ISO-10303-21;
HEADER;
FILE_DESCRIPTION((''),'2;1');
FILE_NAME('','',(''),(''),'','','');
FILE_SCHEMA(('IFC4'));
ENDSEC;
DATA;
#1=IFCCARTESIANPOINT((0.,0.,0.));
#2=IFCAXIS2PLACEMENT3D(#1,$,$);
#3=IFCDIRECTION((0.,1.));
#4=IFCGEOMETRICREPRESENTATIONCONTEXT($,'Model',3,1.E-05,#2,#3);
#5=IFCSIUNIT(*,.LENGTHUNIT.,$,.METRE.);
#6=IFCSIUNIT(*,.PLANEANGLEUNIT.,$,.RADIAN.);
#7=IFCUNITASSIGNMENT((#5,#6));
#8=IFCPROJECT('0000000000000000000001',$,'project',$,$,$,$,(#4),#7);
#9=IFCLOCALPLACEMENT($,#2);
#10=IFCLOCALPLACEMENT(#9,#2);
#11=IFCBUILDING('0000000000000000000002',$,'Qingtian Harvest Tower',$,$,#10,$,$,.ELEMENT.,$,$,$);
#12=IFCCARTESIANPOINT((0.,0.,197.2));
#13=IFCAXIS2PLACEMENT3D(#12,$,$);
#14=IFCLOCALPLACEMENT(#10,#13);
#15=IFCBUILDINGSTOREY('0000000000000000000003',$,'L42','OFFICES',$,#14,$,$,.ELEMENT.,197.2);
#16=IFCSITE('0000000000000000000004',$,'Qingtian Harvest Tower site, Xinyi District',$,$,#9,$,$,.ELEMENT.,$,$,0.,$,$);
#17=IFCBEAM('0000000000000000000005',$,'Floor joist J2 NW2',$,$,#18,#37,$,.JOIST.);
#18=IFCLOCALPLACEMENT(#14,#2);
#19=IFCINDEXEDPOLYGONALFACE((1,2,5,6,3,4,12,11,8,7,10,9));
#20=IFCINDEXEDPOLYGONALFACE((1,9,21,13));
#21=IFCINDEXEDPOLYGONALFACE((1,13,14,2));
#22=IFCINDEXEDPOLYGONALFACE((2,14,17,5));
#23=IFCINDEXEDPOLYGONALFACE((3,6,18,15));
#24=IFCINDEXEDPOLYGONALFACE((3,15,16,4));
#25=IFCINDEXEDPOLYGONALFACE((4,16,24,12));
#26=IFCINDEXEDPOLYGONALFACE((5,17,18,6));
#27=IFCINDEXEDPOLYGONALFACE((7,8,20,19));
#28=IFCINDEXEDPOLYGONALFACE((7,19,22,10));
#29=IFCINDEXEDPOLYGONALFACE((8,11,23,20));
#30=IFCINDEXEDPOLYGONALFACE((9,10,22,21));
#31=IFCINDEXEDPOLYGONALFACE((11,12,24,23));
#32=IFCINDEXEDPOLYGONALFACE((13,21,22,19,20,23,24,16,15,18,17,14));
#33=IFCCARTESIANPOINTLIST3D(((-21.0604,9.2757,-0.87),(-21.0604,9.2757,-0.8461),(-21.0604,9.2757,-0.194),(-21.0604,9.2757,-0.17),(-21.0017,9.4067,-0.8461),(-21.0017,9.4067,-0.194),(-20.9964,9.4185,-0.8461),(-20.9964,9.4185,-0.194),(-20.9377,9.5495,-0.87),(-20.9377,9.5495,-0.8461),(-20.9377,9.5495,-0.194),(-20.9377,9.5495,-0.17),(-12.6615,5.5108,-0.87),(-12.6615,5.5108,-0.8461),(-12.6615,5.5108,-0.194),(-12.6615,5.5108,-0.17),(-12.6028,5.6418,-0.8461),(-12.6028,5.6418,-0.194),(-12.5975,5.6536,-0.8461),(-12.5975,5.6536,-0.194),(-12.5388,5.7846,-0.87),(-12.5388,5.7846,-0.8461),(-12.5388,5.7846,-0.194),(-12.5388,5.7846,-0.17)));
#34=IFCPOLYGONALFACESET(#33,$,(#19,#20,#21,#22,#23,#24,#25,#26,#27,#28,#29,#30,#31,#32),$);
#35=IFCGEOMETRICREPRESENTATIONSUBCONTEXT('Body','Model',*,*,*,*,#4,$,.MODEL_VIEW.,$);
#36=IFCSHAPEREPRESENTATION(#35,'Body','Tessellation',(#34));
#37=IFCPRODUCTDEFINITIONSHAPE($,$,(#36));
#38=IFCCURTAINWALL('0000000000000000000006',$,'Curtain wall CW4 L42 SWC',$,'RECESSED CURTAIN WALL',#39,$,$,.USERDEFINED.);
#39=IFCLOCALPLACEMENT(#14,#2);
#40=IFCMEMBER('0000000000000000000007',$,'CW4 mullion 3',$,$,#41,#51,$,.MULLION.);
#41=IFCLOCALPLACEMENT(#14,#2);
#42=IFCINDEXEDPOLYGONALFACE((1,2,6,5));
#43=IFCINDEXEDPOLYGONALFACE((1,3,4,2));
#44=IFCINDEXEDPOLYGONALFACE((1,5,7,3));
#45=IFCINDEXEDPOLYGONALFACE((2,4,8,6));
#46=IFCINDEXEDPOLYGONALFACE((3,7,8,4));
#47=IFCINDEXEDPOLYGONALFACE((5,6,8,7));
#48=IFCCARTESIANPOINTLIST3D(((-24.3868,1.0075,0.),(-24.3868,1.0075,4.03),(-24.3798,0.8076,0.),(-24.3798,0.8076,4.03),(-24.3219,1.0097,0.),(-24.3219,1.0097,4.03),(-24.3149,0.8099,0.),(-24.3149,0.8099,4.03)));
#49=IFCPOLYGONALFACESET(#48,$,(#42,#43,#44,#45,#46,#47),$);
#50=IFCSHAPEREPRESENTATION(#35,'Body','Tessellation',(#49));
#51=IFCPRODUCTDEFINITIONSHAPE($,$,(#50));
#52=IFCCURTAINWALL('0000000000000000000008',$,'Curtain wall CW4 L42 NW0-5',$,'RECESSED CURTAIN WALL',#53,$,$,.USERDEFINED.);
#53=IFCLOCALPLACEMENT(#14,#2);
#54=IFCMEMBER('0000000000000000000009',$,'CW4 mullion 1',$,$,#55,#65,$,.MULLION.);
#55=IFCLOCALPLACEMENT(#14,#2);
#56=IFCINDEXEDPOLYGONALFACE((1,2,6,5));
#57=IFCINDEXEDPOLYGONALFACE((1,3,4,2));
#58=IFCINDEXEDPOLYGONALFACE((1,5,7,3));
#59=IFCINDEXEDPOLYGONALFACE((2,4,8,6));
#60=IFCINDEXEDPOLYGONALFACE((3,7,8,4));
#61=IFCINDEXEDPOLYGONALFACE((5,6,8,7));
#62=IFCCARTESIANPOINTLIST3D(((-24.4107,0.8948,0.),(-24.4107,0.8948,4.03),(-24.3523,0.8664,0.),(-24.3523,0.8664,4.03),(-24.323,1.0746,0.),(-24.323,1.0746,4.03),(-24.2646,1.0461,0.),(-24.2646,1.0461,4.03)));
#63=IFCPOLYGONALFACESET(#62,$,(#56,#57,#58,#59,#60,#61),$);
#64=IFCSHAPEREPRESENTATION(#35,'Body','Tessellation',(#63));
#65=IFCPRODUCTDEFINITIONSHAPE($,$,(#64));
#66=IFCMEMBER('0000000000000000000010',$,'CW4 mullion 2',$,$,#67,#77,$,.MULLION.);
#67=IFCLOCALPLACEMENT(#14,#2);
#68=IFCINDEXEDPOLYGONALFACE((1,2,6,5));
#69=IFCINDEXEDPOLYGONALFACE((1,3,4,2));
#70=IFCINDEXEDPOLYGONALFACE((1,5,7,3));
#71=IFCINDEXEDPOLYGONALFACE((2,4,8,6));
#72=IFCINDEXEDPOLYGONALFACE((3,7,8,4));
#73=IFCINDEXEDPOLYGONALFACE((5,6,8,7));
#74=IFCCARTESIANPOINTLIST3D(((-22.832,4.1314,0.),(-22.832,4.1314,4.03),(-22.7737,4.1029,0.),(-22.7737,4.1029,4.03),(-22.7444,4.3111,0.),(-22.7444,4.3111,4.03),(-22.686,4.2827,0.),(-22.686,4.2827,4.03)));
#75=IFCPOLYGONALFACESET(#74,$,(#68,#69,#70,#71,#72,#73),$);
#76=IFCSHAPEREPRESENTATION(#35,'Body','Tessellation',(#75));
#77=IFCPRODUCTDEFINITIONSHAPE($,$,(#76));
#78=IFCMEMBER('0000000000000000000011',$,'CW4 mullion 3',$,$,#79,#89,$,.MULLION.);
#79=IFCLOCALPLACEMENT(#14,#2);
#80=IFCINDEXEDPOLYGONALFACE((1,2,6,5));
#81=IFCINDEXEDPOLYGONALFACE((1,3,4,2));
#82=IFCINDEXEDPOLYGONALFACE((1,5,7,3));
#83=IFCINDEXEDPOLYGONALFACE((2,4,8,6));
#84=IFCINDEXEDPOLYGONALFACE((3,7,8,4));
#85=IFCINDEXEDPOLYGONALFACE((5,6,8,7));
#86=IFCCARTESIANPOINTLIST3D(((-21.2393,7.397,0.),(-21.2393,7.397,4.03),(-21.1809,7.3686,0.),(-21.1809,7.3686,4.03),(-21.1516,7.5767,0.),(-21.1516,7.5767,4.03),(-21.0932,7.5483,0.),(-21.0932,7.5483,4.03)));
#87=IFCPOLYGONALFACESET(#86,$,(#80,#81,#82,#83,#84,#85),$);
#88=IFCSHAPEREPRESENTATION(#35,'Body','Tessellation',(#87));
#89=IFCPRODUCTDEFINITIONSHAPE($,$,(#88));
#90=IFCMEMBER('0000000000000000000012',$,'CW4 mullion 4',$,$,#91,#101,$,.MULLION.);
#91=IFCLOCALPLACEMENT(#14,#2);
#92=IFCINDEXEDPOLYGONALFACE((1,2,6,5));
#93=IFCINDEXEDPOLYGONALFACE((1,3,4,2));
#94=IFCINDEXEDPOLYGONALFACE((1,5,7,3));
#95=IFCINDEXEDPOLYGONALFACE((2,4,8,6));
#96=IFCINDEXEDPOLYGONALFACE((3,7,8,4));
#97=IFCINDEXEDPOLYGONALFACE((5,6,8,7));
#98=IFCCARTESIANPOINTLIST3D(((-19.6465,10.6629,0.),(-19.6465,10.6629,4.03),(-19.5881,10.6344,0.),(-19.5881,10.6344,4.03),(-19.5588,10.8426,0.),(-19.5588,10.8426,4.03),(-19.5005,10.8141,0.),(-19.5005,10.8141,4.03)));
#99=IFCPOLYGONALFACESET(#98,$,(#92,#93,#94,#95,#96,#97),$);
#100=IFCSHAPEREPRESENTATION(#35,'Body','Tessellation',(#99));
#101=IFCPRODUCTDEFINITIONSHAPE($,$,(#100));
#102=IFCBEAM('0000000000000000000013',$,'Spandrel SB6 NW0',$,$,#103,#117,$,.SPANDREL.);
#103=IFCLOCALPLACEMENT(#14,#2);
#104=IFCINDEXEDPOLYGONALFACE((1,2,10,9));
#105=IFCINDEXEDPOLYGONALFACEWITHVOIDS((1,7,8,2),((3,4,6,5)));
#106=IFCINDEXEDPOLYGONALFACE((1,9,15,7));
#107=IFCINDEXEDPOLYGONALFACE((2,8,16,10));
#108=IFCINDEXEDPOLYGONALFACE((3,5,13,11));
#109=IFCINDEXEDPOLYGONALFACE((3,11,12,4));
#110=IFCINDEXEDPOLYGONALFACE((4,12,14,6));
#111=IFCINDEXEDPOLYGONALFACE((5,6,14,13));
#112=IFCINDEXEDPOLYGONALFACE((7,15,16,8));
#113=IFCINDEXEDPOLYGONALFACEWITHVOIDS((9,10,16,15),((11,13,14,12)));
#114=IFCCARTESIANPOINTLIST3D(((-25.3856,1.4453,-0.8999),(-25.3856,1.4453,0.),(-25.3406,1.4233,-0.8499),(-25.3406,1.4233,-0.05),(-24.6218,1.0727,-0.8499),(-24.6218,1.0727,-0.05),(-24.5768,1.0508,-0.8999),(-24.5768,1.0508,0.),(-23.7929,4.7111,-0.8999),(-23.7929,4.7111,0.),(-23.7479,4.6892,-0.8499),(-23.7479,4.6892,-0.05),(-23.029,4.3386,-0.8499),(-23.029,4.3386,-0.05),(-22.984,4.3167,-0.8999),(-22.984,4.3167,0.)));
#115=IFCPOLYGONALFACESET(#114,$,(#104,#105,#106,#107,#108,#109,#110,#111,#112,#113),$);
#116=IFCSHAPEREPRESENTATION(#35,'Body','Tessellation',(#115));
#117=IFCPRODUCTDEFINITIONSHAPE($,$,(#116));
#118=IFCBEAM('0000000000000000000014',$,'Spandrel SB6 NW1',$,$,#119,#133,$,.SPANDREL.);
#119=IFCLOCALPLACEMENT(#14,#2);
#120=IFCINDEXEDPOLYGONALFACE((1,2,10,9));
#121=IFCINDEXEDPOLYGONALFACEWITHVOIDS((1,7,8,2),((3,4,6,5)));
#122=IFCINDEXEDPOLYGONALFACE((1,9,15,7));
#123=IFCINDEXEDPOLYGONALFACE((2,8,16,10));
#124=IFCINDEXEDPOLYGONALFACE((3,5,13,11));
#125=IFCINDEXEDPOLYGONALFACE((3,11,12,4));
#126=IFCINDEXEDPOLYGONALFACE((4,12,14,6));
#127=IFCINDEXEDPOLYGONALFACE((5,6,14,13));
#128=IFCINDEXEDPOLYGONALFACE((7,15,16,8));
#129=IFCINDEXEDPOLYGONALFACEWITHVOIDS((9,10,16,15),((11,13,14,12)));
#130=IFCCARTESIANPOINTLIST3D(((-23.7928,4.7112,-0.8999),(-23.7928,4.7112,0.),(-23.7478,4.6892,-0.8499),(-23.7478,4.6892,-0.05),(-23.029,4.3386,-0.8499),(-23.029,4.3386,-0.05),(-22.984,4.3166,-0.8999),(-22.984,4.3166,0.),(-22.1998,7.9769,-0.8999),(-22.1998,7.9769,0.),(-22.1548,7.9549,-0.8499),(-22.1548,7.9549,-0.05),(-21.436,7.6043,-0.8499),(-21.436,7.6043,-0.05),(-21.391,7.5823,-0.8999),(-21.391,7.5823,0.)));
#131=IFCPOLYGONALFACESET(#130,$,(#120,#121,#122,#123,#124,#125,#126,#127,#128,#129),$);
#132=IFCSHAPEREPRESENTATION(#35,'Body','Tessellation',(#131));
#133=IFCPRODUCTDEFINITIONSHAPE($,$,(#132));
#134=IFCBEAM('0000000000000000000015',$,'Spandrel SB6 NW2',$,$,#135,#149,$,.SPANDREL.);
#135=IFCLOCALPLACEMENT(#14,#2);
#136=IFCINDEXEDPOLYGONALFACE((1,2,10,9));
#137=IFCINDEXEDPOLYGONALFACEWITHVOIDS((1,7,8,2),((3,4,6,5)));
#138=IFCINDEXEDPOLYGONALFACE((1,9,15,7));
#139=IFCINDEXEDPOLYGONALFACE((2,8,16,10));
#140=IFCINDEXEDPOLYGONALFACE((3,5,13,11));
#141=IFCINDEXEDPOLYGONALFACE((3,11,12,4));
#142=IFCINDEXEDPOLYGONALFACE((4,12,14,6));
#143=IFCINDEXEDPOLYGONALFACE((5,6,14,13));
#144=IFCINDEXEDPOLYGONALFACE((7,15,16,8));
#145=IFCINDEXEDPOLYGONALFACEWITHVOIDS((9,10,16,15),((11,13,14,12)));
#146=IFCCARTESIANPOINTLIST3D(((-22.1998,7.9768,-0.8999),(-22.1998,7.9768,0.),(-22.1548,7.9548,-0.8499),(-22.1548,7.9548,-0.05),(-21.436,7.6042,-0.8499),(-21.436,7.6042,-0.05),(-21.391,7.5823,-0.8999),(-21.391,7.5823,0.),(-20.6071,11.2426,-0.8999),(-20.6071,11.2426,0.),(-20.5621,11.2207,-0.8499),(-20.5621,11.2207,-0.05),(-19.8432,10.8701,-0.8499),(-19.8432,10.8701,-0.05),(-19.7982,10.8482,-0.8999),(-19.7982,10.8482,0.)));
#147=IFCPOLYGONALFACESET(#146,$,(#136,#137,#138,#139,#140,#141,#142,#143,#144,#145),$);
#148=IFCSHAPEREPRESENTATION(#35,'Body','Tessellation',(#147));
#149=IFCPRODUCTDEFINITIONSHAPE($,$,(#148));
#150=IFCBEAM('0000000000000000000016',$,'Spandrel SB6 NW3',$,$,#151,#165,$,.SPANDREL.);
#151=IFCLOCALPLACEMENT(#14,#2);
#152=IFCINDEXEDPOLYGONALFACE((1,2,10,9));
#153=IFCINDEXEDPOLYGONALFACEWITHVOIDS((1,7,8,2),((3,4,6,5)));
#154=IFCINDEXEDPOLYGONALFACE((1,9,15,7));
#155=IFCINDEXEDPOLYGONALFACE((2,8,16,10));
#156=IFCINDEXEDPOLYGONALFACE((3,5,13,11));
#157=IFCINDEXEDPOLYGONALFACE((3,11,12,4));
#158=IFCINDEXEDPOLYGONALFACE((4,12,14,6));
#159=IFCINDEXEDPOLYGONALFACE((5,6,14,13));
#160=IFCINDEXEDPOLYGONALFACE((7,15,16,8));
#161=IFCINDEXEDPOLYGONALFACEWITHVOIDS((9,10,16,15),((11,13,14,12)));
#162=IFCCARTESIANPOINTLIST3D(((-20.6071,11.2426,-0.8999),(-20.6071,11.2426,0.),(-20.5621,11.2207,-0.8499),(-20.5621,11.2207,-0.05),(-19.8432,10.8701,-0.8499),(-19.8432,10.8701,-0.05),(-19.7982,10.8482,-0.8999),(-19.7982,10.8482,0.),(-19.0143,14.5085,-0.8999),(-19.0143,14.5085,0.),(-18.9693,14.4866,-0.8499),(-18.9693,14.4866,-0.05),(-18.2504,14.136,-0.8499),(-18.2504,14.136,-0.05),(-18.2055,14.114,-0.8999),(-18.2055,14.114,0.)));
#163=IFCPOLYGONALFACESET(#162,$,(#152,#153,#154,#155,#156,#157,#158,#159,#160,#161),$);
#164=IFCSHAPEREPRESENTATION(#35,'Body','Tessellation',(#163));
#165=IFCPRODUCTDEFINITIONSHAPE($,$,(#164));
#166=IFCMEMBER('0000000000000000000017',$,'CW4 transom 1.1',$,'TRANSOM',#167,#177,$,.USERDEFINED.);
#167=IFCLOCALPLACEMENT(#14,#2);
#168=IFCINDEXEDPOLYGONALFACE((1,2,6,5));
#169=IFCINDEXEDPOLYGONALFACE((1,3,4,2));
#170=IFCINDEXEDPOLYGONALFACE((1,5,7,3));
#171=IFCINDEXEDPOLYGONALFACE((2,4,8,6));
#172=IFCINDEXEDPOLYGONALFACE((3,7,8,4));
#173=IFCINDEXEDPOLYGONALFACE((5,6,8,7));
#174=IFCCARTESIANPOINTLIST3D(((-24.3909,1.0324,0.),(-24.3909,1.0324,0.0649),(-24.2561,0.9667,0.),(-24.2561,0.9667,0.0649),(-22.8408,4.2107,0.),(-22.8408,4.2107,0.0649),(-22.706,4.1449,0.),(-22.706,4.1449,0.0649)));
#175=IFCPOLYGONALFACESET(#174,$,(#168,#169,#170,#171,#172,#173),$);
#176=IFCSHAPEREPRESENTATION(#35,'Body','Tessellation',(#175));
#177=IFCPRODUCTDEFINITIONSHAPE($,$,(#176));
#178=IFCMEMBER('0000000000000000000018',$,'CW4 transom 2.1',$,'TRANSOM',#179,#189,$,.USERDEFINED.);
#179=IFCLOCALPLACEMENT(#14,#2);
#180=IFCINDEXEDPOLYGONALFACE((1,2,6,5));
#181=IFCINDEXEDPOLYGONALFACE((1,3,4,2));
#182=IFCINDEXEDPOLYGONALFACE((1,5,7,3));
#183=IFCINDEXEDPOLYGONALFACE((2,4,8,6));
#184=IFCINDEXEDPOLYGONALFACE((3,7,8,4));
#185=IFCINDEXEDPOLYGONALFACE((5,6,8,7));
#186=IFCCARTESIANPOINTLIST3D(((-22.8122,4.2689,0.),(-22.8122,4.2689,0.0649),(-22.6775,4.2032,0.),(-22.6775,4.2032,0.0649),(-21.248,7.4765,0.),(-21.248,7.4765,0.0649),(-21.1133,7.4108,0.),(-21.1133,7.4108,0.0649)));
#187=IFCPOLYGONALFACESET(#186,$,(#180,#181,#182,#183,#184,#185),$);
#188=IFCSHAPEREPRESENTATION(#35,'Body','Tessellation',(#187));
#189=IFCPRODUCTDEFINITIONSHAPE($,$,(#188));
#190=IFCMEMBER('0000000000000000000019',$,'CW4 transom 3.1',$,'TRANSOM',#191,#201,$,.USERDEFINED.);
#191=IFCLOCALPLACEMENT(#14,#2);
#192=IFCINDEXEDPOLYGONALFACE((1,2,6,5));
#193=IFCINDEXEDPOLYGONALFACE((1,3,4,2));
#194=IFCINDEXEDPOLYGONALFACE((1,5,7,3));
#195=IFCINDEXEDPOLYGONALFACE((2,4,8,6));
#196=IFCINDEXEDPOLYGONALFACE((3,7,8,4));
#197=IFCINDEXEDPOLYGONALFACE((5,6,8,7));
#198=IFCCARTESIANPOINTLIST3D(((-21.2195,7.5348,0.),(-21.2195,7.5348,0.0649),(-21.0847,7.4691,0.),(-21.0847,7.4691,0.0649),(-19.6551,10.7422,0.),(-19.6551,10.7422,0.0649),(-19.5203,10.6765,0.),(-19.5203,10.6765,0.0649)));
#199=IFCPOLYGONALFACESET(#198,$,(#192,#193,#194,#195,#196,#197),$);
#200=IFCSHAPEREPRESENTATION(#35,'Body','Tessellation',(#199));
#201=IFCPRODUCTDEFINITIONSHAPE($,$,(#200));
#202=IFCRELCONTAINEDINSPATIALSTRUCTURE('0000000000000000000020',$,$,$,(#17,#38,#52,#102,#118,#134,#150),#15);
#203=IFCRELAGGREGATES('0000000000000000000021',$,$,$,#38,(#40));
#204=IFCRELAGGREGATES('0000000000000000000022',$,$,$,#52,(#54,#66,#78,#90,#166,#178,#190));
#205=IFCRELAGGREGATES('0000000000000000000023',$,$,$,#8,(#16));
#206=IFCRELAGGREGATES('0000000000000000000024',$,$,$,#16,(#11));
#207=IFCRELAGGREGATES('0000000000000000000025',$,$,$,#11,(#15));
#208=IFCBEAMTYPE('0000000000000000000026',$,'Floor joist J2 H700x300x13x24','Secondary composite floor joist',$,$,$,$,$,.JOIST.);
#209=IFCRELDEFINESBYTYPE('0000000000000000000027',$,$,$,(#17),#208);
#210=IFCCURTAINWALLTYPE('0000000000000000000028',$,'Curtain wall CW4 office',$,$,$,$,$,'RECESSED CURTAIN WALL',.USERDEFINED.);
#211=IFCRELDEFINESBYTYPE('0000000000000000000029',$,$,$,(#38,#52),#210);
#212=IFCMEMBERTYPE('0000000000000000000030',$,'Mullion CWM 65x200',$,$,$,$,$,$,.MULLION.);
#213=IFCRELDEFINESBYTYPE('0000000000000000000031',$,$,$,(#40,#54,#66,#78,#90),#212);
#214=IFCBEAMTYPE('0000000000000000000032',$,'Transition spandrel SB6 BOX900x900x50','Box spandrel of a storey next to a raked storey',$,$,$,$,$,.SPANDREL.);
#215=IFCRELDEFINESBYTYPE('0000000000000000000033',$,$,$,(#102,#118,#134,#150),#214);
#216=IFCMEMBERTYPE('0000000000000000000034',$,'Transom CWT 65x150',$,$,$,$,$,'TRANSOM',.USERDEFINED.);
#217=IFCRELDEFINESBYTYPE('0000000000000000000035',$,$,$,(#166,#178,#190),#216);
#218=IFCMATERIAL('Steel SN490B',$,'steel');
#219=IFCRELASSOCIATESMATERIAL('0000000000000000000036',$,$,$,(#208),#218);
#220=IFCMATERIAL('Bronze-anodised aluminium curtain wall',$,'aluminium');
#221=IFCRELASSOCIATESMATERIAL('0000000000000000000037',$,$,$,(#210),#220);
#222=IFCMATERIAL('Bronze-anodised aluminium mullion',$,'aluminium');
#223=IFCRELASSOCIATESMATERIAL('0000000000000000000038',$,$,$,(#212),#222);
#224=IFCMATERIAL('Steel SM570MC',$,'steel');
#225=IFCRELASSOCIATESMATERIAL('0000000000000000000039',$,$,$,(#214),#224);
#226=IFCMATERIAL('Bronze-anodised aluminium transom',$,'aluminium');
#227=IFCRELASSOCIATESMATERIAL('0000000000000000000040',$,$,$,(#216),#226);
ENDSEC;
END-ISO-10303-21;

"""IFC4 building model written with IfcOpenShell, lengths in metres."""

from ifc_helpers import new_model, si_unit, direction, frame, origin, origin_2d, place, context, subcontext, project, spatial, rectangle, hollow_rectangle, i_section, extrude, material, material_profile, profile_set, type_object, element, aggregate, save


model = new_model("IFC4")

# Units and contexts
model_context = context("Model", 3, precision=1e-05, world=origin(), true_north=direction((0.0, 1.0)))
body_context = subcontext(model_context, "Body", "Model", "MODEL_VIEW")
ifc_project = project(units=[si_unit("LENGTHUNIT", "METRE"), si_unit("PLANEANGLEUNIT", "RADIAN")], contexts=[model_context])

# Site, building, storey
site_placement = place(None, origin())
site = spatial("IfcSite", under=ifc_project, at=site_placement, Name="Qingtian Harvest Tower site, Xinyi District", CompositionType="ELEMENT", RefElevation=0.0)
building_placement = place(site_placement, origin())
building = spatial("IfcBuilding", under=site, at=building_placement, Name="Qingtian Harvest Tower", CompositionType="ELEMENT")
storey_placement = place(building_placement, frame((0.0, 0.0, 197.2)))
storey = spatial("IfcBuildingStorey", under=building, at=storey_placement, Name="L42", Description="OFFICES", CompositionType="ELEMENT", Elevation=197.2)

# Beam
ifc_material_1 = material(Name="Steel SN490B", Category="steel")
ifc_material_profile_1 = material_profile(ifc_material_1, i_section(OverallWidth=0.3, OverallDepth=0.7, WebThickness=0.0129, FlangeThickness=0.0239, at=origin_2d()), Name="H700x300x13x24")
ifc_profile_set_1 = profile_set([ifc_material_profile_1], Name="Steel SN490B")
beam_type_1 = type_object("IfcBeamType", Name="Floor joist J2 H700x300x13x24", Description="Secondary composite floor joist", PredefinedType="JOIST", material=ifc_profile_set_1)
beam_1_placement = place(storey_placement, frame((-20.999, 9.4126, -0.52), z_axis=(0.912515, -0.409043, 0.0), x_axis=(0.409043, 0.912515, 0.0)))
element("IfcBeam", 1, at=beam_1_placement, inside=storey, type_object=beam_type_1, Name="Floor joist J2 NW2", PredefinedType="JOIST", context=body_context, shape_type="SweptSolid", body=[
    extrude(i_section(OverallWidth=0.3, OverallDepth=0.7, WebThickness=0.0129, FlangeThickness=0.0239, at=origin_2d()), origin(), (0.0, 0.0, 1.0), 9.2041),
])

# Curtain wall, member
ifc_material_2 = material(Name="Bronze-anodised aluminium curtain wall", Category="aluminium")
curtain_wall_type = type_object("IfcCurtainWallType", Name="Curtain wall CW4 office", ElementType="RECESSED CURTAIN WALL", PredefinedType="USERDEFINED", material=ifc_material_2)
curtain_wall_1_placement = place(storey_placement, origin())
curtain_wall_1 = element("IfcCurtainWall", 2, at=curtain_wall_1_placement, inside=storey, type_object=curtain_wall_type, Name="Curtain wall CW4 L42 SWC", ObjectType="RECESSED CURTAIN WALL", PredefinedType="USERDEFINED")
ifc_material_3 = material(Name="Bronze-anodised aluminium mullion", Category="aluminium")
ifc_material_profile_2 = material_profile(ifc_material_3, rectangle(XDim=0.0649, YDim=0.2, at=origin_2d()), Name="AL 65x200")
ifc_profile_set_2 = profile_set([ifc_material_profile_2], Name="Bronze-anodised aluminium mullion")
member_type_1 = type_object("IfcMemberType", Name="Mullion CWM 65x200", PredefinedType="MULLION", material=ifc_profile_set_2)
member_1_placement = place(storey_placement, frame((-24.3508, 0.9087, 0.0), z_axis=(0.0, 0.0, 1.0), x_axis=(-0.999391, -0.034899, 0.0)))
member_1 = element("IfcMember", 3, at=member_1_placement, type_object=member_type_1, Name="CW4 mullion 3", PredefinedType="MULLION", context=body_context, shape_type="SweptSolid", body=[
    extrude(rectangle(XDim=0.0649, YDim=0.2, at=origin_2d()), origin(), (0.0, 0.0, 1.0), 4.03),
])

# Curtain wall, members
curtain_wall_2_placement = place(storey_placement, origin())
curtain_wall_2 = element("IfcCurtainWall", 4, at=curtain_wall_2_placement, inside=storey, type_object=curtain_wall_type, Name="Curtain wall CW4 L42 NW0-5", ObjectType="RECESSED CURTAIN WALL", PredefinedType="USERDEFINED")
member_2_placement = place(storey_placement, frame((-24.3376, 0.9705, 0.0), z_axis=(0.0, 0.0, 1.0), x_axis=(-0.898794, 0.438371, 0.0)))
member_2 = element("IfcMember", 5, at=member_2_placement, type_object=member_type_1, Name="CW4 mullion 1", PredefinedType="MULLION", context=body_context, shape_type="SweptSolid", body=[
    extrude(rectangle(XDim=0.0649, YDim=0.2, at=origin_2d()), origin(), (0.0, 0.0, 1.0), 4.03),
])
member_3_placement = place(storey_placement, frame((-22.759, 4.207, 0.0), z_axis=(0.0, 0.0, 1.0), x_axis=(-0.898794, 0.438371, 0.0)))
member_3 = element("IfcMember", 6, at=member_3_placement, type_object=member_type_1, Name="CW4 mullion 2", PredefinedType="MULLION", context=body_context, shape_type="SweptSolid", body=[
    extrude(rectangle(XDim=0.0649, YDim=0.2, at=origin_2d()), origin(), (0.0, 0.0, 1.0), 4.03),
])
member_4_placement = place(storey_placement, frame((-21.1663, 7.4727, 0.0), z_axis=(0.0, 0.0, 1.0), x_axis=(-0.898794, 0.438371, 0.0)))
member_4 = element("IfcMember", 7, at=member_4_placement, type_object=member_type_1, Name="CW4 mullion 3", PredefinedType="MULLION", context=body_context, shape_type="SweptSolid", body=[
    extrude(rectangle(XDim=0.0649, YDim=0.2, at=origin_2d()), origin(), (0.0, 0.0, 1.0), 4.03),
])
member_5_placement = place(storey_placement, frame((-19.5735, 10.7385, 0.0), z_axis=(0.0, 0.0, 1.0), x_axis=(-0.898794, 0.438371, 0.0)))
member_5 = element("IfcMember", 8, at=member_5_placement, type_object=member_type_1, Name="CW4 mullion 4", PredefinedType="MULLION", context=body_context, shape_type="SweptSolid", body=[
    extrude(rectangle(XDim=0.0649, YDim=0.2, at=origin_2d()), origin(), (0.0, 0.0, 1.0), 4.03),
])

# Beams
ifc_material_4 = material(Name="Steel SM570MC", Category="steel")
ifc_material_profile_3 = material_profile(ifc_material_4, hollow_rectangle(XDim=0.8999, YDim=0.8999, WallThickness=0.05, at=origin_2d()), Name="BOX900x900x50")
ifc_profile_set_3 = profile_set([ifc_material_profile_3], Name="Steel SM570MC")
beam_type_2 = type_object("IfcBeamType", Name="Transition spandrel SB6 BOX900x900x50", Description="Box spandrel of a storey next to a raked storey", PredefinedType="SPANDREL", material=ifc_profile_set_3)
for number, where, z_axis, x_axis, name in (
    (9, (-24.9812, 1.248, -0.45), (0.438349, 0.898805, 0.0), (-0.898805, 0.438349, 0.0), "Spandrel SB6 NW0"),
    (10, (-23.3884, 4.5139, -0.45), (0.43843, 0.898765, 0.0), (-0.898765, 0.43843, 0.0), "Spandrel SB6 NW1"),
    (11, (-21.7954, 7.7795, -0.45), (0.438349, 0.898805, 0.0), (-0.898805, 0.438349, 0.0), "Spandrel SB6 NW2"),
    (12, (-20.2026, 11.0454, -0.45), (0.438349, 0.898805, 0.0), (-0.898805, 0.438349, 0.0), "Spandrel SB6 NW3"),
):
    element("IfcBeam", number, at=place(storey_placement, frame(where, z_axis=z_axis, x_axis=x_axis)), inside=storey, type_object=beam_type_2, Name=name, PredefinedType="SPANDREL", context=body_context, shape_type="SweptSolid", body=[
        extrude(hollow_rectangle(XDim=0.8999, YDim=0.8999, WallThickness=0.05, at=origin_2d()), origin(), (0.0, 0.0, 1.0), 3.6335),
    ])

# Members
ifc_material_5 = material(Name="Bronze-anodised aluminium transom", Category="aluminium")
ifc_material_profile_4 = material_profile(ifc_material_5, rectangle(XDim=0.1499, YDim=0.0649, at=origin_2d()), Name="AL 65x150")
ifc_profile_set_4 = profile_set([ifc_material_profile_4], Name="Bronze-anodised aluminium transom")
member_type_2 = type_object("IfcMemberType", Name="Transom CWT 65x150", ElementType="TRANSOM", PredefinedType="USERDEFINED", material=ifc_profile_set_4)
member_6_placement = place(storey_placement, frame((-24.3235, 0.9995, 0.0325), z_axis=(0.438354, 0.898802, 0.0), x_axis=(-0.898802, 0.438354, 0.0)))
member_6 = element("IfcMember", 13, at=member_6_placement, type_object=member_type_2, Name="CW4 transom 1.1", ObjectType="TRANSOM", PredefinedType="USERDEFINED", context=body_context, shape_type="SweptSolid", body=[
    extrude(rectangle(XDim=0.1499, YDim=0.0649, at=origin_2d()), origin(), (0.0, 0.0, 1.0), 3.5361),
])
member_7_placement = place(storey_placement, frame((-22.7449, 4.2361, 0.0325), z_axis=(0.438325, 0.898816, 0.0), x_axis=(-0.898816, 0.438325, 0.0)))
member_7 = element("IfcMember", 14, at=member_7_placement, type_object=member_type_2, Name="CW4 transom 2.1", ObjectType="TRANSOM", PredefinedType="USERDEFINED", context=body_context, shape_type="SweptSolid", body=[
    extrude(rectangle(XDim=0.1499, YDim=0.0649, at=origin_2d()), origin(), (0.0, 0.0, 1.0), 3.5686),
])
member_8_placement = place(storey_placement, frame((-21.1521, 7.502, 0.0325), z_axis=(0.438381, 0.898789, 0.0), x_axis=(-0.898789, 0.438381, 0.0)))
member_8 = element("IfcMember", 15, at=member_8_placement, type_object=member_type_2, Name="CW4 transom 3.1", ObjectType="TRANSOM", PredefinedType="USERDEFINED", context=body_context, shape_type="SweptSolid", body=[
    extrude(rectangle(XDim=0.1499, YDim=0.0649, at=origin_2d()), origin(), (0.0, 0.0, 1.0), 3.5686),
])

aggregate(curtain_wall_1, [member_1])
aggregate(curtain_wall_2, [member_2, member_3, member_4, member_5, member_6, member_7, member_8])

save(model, "model.ifc")
